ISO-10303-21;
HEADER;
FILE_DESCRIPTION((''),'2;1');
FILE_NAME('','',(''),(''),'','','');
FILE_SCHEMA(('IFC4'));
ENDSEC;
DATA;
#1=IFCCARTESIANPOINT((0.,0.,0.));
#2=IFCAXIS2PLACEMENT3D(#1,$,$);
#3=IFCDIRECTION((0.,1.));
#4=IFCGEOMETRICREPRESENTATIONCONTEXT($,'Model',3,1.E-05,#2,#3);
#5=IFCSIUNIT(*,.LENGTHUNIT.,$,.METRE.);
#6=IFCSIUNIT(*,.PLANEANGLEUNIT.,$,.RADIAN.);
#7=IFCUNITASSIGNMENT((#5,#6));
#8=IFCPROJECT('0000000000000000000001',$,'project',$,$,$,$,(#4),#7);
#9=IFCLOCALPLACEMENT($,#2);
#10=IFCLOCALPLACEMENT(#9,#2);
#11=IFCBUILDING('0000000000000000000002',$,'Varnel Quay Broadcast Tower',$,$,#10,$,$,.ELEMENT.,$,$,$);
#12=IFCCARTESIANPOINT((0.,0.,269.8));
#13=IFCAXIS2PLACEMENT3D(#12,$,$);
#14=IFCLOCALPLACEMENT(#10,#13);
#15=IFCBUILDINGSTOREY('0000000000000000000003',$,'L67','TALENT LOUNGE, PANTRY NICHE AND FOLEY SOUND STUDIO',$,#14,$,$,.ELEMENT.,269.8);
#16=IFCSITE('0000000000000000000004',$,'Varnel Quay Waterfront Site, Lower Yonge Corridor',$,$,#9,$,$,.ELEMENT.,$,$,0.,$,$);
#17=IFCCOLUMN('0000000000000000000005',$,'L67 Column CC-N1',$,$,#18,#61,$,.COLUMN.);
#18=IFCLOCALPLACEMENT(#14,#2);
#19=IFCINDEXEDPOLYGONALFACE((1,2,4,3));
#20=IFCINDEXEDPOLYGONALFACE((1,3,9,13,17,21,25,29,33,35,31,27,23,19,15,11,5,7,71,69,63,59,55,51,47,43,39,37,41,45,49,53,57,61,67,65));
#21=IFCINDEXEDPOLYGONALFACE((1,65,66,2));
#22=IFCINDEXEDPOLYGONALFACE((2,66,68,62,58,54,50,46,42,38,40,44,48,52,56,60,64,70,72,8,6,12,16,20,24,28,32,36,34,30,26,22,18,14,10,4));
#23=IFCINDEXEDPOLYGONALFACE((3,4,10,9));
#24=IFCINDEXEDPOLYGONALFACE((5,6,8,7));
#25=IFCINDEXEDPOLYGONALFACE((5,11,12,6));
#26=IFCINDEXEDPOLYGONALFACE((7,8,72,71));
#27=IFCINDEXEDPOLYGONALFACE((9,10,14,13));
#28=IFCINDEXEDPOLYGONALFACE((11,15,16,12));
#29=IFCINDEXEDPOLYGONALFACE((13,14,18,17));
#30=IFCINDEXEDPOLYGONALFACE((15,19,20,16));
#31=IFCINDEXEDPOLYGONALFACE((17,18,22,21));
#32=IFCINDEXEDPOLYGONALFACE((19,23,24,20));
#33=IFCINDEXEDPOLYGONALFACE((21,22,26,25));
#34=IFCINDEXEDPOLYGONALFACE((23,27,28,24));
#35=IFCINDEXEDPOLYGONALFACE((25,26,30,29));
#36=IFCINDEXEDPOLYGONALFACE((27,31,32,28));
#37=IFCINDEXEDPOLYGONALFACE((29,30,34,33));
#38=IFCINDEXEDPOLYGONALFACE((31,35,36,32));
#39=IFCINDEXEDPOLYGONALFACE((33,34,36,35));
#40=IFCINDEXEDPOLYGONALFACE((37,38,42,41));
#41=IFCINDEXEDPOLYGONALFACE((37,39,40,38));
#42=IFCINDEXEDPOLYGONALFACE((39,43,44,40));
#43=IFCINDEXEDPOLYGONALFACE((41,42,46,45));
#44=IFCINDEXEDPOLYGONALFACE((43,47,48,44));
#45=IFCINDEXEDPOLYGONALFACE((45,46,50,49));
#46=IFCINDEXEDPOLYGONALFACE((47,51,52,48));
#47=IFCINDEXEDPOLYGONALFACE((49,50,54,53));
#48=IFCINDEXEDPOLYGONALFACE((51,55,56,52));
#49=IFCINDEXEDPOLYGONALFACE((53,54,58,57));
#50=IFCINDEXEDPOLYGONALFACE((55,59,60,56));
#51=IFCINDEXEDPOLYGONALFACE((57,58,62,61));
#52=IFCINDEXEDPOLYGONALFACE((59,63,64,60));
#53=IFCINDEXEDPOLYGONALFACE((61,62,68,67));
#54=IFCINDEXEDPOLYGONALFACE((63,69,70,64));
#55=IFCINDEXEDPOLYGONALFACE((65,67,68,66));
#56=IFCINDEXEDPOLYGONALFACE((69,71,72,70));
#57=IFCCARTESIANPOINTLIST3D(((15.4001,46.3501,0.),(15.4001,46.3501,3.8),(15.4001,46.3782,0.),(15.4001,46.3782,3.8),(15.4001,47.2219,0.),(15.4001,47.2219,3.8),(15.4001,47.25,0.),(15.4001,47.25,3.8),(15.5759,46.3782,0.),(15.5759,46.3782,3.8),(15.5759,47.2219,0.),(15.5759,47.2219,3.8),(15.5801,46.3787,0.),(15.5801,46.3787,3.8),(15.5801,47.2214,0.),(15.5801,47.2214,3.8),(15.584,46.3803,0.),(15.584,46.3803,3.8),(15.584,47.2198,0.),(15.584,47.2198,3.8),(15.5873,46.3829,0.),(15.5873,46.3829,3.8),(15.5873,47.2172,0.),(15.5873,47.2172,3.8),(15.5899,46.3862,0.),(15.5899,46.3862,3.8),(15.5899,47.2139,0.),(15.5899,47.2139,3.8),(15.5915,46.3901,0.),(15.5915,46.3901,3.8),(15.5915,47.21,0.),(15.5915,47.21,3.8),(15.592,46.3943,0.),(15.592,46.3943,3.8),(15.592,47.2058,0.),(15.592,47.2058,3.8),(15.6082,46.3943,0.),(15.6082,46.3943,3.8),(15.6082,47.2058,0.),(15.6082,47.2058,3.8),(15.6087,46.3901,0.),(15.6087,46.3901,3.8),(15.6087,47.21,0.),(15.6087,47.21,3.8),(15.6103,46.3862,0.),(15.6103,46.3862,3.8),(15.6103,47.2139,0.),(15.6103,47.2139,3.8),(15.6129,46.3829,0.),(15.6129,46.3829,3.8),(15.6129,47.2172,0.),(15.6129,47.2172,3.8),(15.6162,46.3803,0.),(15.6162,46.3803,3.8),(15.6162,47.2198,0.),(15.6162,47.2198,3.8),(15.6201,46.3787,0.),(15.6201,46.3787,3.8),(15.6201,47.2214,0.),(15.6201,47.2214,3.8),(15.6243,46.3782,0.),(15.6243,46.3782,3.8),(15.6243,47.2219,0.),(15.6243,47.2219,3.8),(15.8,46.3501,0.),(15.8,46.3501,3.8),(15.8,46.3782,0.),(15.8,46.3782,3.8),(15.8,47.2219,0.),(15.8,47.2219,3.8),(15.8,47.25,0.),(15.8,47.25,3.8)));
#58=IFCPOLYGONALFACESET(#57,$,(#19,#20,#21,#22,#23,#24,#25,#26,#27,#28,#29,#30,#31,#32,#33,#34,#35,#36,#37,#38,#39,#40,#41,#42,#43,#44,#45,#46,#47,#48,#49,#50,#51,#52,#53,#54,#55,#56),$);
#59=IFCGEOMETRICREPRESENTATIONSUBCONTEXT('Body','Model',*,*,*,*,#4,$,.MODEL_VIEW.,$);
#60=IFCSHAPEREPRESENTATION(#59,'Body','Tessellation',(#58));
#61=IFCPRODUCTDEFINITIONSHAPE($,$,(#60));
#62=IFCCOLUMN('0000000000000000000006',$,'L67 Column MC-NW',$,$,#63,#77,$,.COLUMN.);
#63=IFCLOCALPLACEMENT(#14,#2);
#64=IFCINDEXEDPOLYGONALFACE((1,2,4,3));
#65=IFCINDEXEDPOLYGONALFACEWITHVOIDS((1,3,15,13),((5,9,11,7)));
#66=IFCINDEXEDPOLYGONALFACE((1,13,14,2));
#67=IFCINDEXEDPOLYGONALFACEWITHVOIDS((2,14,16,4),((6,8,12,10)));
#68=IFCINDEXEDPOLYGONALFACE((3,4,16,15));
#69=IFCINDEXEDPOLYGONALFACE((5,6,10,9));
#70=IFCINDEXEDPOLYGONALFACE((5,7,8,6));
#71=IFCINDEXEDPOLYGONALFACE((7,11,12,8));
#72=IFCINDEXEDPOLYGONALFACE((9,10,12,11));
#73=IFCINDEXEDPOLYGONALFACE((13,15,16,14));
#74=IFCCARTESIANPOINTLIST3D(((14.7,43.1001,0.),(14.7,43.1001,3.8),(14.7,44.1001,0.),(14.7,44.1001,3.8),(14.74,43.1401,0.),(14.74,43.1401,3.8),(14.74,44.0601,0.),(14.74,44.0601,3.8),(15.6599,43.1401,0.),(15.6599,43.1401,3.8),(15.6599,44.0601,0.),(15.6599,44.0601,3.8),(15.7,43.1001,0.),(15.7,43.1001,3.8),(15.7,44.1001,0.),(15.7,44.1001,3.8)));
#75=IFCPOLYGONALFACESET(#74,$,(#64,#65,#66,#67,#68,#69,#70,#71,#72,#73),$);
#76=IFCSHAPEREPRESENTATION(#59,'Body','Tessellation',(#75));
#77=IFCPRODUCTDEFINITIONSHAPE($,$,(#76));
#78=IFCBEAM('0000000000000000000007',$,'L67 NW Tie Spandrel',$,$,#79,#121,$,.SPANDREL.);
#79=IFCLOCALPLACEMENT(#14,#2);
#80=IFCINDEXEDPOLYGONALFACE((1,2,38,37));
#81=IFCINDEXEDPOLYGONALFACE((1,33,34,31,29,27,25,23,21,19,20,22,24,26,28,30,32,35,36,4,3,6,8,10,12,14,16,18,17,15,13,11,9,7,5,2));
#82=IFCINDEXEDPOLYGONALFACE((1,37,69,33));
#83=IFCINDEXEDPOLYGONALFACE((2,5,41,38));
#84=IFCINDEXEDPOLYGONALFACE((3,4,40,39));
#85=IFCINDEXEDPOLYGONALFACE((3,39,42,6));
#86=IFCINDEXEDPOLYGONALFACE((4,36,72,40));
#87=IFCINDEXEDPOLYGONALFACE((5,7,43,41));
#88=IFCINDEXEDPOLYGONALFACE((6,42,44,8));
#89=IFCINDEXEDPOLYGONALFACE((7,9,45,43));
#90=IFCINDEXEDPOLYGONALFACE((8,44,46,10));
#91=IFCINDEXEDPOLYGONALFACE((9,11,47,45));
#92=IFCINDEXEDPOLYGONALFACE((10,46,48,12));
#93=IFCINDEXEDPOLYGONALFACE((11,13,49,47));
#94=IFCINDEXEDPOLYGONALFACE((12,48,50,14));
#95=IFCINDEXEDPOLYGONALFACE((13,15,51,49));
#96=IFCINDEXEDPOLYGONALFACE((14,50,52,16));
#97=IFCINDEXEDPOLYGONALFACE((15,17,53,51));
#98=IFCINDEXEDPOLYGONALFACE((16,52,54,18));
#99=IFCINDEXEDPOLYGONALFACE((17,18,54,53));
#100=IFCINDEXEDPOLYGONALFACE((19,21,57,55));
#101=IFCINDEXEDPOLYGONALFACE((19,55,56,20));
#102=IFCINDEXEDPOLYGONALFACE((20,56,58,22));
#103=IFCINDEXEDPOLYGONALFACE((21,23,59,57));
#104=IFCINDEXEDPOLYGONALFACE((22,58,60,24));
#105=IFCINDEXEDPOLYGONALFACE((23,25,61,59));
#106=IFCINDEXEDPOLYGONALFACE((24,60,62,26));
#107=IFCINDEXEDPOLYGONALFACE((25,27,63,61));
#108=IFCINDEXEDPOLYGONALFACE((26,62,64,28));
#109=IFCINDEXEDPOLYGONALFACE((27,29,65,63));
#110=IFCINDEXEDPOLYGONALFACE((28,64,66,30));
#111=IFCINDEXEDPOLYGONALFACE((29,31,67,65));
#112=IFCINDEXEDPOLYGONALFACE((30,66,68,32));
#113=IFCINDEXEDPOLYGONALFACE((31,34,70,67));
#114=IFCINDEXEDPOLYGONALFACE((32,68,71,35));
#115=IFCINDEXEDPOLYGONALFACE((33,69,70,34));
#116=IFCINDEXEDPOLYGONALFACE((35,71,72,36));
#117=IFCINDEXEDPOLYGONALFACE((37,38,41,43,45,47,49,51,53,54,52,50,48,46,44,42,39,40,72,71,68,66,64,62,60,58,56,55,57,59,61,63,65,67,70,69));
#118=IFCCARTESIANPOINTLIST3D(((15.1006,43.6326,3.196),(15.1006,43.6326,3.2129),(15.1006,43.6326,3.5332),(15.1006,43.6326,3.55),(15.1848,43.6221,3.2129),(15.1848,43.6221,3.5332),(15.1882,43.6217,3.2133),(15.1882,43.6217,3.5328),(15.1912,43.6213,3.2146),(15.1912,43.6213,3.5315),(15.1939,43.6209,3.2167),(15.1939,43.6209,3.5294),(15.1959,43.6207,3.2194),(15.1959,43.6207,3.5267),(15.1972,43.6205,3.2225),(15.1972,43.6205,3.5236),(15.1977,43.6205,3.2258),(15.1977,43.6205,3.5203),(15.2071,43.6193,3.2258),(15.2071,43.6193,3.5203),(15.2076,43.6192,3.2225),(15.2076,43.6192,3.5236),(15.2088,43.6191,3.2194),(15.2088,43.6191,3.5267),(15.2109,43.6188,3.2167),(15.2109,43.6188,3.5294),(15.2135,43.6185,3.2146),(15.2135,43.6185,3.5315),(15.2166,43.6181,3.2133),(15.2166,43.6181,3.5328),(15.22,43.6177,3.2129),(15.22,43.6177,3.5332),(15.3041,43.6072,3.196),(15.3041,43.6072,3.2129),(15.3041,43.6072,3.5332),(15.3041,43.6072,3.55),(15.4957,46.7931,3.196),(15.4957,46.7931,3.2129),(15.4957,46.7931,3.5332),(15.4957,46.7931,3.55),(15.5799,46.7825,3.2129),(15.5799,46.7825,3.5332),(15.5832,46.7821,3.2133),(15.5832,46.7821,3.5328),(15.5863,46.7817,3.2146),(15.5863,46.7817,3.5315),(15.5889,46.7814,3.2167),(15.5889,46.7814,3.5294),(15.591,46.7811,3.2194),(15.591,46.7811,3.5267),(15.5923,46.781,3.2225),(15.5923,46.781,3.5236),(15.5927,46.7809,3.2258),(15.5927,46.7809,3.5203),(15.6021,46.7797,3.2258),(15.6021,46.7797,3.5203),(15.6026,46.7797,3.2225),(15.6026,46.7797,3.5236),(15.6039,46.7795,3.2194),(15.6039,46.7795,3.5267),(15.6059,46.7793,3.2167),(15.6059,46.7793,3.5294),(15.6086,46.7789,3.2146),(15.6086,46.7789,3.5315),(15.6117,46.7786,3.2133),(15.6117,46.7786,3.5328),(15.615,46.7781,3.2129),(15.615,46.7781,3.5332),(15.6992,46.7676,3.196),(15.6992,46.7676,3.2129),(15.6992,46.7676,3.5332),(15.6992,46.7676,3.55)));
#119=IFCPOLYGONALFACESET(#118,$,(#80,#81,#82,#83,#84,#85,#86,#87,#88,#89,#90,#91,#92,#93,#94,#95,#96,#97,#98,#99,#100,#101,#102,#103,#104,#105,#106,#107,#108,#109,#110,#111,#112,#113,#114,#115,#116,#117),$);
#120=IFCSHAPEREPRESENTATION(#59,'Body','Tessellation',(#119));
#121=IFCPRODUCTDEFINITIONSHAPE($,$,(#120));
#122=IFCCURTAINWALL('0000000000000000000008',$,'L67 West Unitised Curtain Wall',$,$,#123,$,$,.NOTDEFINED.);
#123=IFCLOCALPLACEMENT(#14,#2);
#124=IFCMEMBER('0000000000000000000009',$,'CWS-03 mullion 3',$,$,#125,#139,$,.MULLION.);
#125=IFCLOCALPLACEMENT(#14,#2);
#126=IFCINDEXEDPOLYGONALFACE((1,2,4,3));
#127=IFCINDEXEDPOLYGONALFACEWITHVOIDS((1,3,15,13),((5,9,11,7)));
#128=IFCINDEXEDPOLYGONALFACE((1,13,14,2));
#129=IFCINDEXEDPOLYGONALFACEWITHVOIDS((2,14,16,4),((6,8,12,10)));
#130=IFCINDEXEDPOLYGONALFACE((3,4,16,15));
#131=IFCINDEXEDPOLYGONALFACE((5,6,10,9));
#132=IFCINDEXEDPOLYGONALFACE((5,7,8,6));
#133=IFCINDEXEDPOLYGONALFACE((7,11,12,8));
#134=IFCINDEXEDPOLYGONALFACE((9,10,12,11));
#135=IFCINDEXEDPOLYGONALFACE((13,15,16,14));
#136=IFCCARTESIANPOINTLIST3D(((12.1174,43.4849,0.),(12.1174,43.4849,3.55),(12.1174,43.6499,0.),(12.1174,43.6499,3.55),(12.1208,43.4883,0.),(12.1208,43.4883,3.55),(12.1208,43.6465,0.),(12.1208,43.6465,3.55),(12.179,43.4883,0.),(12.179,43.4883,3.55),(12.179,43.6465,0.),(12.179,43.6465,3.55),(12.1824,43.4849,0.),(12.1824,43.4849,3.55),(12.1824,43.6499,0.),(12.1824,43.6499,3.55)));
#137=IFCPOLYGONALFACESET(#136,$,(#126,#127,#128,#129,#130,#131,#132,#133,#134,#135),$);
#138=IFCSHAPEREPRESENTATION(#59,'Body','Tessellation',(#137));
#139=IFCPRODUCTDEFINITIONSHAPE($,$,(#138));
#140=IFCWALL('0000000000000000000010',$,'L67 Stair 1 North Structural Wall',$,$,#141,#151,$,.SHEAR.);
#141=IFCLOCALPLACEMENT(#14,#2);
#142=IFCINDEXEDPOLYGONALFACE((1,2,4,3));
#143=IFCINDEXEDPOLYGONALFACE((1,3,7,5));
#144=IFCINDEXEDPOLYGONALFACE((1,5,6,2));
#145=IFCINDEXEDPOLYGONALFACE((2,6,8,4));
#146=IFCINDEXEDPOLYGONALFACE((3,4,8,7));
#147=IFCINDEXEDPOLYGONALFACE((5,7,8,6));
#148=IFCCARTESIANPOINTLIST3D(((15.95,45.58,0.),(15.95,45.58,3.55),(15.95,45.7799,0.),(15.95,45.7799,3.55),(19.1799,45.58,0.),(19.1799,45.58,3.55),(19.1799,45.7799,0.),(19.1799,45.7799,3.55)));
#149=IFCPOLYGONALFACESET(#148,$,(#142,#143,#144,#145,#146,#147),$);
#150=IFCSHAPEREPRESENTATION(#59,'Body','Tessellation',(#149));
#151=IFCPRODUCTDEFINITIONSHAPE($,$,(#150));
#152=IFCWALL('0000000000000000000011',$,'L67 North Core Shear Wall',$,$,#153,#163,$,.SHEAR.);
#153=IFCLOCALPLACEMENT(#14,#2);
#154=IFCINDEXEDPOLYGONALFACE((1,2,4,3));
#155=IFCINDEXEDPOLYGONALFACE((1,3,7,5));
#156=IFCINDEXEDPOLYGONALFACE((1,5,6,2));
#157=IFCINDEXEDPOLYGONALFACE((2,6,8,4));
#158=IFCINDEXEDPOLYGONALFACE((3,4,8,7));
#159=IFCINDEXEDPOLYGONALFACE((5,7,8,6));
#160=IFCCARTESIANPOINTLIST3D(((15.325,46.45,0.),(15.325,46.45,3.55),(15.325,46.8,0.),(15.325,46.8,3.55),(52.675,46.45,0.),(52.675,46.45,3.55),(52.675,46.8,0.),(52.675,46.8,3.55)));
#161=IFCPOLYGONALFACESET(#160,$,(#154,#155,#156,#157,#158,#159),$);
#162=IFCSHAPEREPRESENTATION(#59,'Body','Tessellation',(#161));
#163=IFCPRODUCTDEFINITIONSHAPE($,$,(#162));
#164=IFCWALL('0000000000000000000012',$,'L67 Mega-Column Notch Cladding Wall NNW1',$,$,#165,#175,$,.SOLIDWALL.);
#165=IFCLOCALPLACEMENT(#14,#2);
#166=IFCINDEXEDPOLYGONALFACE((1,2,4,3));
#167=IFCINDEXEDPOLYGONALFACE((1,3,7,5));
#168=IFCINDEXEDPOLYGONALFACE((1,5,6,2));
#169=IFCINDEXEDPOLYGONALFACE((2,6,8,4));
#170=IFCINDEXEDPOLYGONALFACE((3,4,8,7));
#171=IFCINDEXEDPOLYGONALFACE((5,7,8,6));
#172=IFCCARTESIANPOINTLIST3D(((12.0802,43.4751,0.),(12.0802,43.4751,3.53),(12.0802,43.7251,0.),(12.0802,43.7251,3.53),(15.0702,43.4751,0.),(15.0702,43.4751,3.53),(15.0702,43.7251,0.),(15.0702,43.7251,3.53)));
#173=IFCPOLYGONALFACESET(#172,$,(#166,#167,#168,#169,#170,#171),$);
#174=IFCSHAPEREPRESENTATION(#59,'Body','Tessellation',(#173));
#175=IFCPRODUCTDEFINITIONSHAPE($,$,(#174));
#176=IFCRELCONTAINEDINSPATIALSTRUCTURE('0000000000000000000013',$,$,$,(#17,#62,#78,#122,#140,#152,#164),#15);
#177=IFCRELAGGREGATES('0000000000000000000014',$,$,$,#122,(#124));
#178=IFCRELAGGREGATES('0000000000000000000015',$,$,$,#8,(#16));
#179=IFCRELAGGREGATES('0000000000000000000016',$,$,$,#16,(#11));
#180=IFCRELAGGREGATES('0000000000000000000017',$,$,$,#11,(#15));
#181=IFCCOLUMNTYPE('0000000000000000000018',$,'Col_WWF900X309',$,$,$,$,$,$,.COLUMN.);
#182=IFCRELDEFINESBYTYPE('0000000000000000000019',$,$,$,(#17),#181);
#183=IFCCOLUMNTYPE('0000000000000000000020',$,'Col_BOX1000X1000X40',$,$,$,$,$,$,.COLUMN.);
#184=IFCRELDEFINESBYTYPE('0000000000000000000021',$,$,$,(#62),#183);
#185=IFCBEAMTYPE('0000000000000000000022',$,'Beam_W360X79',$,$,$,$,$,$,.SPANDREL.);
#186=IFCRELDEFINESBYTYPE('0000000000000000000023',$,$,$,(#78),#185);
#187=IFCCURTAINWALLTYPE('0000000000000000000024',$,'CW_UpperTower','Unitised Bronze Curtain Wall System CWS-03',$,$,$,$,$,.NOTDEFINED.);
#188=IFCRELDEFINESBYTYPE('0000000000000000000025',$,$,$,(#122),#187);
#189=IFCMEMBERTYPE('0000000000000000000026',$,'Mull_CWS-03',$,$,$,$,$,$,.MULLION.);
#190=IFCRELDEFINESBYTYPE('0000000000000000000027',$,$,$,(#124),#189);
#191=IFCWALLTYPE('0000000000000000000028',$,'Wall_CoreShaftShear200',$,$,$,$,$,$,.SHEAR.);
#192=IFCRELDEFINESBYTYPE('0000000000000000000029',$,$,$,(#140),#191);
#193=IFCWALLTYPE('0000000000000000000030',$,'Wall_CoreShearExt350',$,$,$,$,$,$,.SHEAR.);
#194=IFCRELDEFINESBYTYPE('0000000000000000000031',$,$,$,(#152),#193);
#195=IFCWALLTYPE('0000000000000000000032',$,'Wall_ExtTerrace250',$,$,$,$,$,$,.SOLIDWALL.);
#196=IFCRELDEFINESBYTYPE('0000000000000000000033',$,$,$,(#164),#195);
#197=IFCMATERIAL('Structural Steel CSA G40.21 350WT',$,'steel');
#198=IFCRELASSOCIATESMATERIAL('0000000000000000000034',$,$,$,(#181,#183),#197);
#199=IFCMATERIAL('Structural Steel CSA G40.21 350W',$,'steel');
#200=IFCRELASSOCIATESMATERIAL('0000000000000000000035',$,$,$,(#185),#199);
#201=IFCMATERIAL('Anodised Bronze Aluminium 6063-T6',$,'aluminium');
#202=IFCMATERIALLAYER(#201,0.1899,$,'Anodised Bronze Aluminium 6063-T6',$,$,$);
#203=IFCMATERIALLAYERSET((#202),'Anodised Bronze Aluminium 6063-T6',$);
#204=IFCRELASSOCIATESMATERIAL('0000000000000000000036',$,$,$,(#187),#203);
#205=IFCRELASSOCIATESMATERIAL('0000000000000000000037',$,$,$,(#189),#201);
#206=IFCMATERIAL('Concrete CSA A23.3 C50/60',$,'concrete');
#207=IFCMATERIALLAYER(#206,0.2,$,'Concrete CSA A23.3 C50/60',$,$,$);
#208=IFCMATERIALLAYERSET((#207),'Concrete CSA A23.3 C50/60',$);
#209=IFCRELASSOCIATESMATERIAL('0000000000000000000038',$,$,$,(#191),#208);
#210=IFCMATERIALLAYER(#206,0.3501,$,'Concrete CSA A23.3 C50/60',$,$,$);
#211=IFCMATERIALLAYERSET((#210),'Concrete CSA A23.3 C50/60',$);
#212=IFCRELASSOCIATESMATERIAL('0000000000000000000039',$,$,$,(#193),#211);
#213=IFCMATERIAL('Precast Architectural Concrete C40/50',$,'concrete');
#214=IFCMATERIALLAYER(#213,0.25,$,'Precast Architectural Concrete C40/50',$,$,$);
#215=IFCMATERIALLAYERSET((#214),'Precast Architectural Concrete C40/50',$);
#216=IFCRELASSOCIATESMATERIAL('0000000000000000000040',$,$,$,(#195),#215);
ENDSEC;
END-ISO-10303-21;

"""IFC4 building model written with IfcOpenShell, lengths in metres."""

from ifc_helpers import new_model, si_unit, direction, frame, frame_2d, origin, origin_2d, place, context, subcontext, project, spatial, rectangle, hollow_rectangle, i_section, extrude, source, transform, mapped, material, layer, layer_set, material_profile, profile_set, type_object, type_shapes, element, aggregate, save


model = new_model("IFC4")

# Units and contexts
model_context = context("Model", 3, precision=1e-05, world=origin(), true_north=direction((0.0, 1.0)))
body_context = subcontext(model_context, "Body", "Model", "MODEL_VIEW")
ifc_project = project(units=[si_unit("LENGTHUNIT", "METRE"), si_unit("PLANEANGLEUNIT", "RADIAN")], contexts=[model_context])

# Site, building, storey
site_placement = place(None, origin())
site = spatial("IfcSite", under=ifc_project, at=site_placement, Name="Varnel Quay Waterfront Site, Lower Yonge Corridor", CompositionType="ELEMENT", RefElevation=0.0)
building_placement = place(site_placement, origin())
building = spatial("IfcBuilding", under=site, at=building_placement, Name="Varnel Quay Broadcast Tower", CompositionType="ELEMENT")
storey_placement = place(building_placement, frame((0.0, 0.0, 269.8)))
storey = spatial("IfcBuildingStorey", under=building, at=storey_placement, Name="L67", Description="TALENT LOUNGE, PANTRY NICHE AND FOLEY SOUND STUDIO", CompositionType="ELEMENT", Elevation=269.8)

# Columns
ifc_material_1 = material(Name="Structural Steel CSA G40.21 350WT", Category="steel")
ifc_material_profile_1 = material_profile(ifc_material_1, i_section(OverallWidth=0.3999, OverallDepth=0.8999, WebThickness=0.0161, FlangeThickness=0.0281, FilletRadius=0.0161, at=origin_2d()), Name="WWF900X309")
ifc_profile_set_1 = profile_set([ifc_material_profile_1], Name="Structural Steel CSA G40.21 350WT")
column_type_1 = type_object("IfcColumnType", Name="Col_WWF900X309", PredefinedType="COLUMN", material=ifc_profile_set_1)
shared_shape_1 = source(origin(), body_context, "Body", "SweptSolid", [
    extrude(i_section(OverallWidth=0.3999, OverallDepth=0.8999, WebThickness=0.0161, FlangeThickness=0.0281, FilletRadius=0.0161, at=origin_2d()), origin(), (0.0, 0.0, 1.0), 3.8),
])
type_shapes(column_type_1, [shared_shape_1])
column_1_placement = place(storey_placement, frame((15.6001, 46.8, 0.0), z_axis=(0.0, 0.0, 1.0), x_axis=(1.0, 0.0, 0.0)))
element("IfcColumn", 1, at=column_1_placement, inside=storey, type_object=column_type_1, Name="L67 Column CC-N1", PredefinedType="COLUMN", context=body_context, shape_type="MappedRepresentation", body=[
    mapped(shared_shape_1, transform((0.0, 0.0, 0.0), x_axis=(1.0, 0.0, 0.0), y_axis=(0.0, 1.0, 0.0), z_axis=(0.0, 0.0, 1.0), scale=1.0)),
])
ifc_material_profile_2 = material_profile(ifc_material_1, hollow_rectangle(XDim=1.0, YDim=1.0, WallThickness=0.04, at=origin_2d()), Name="BOX1000X1000X40")
ifc_profile_set_2 = profile_set([ifc_material_profile_2], Name="Structural Steel CSA G40.21 350WT")
column_type_2 = type_object("IfcColumnType", Name="Col_BOX1000X1000X40", PredefinedType="COLUMN", material=ifc_profile_set_2)
shared_shape_2 = source(origin(), body_context, "Body", "SweptSolid", [
    extrude(hollow_rectangle(XDim=1.0, YDim=1.0, WallThickness=0.04, at=origin_2d()), origin(), (0.0, 0.0, 1.0), 3.8),
])
type_shapes(column_type_2, [shared_shape_2])
column_2_placement = place(storey_placement, frame((15.2, 43.6001, 0.0), z_axis=(0.0, 0.0, 1.0), x_axis=(1.0, 0.0, 0.0)))
element("IfcColumn", 2, at=column_2_placement, inside=storey, type_object=column_type_2, Name="L67 Column MC-NW", PredefinedType="COLUMN", context=body_context, shape_type="MappedRepresentation", body=[
    mapped(shared_shape_2, transform((0.0, 0.0, 0.0), x_axis=(1.0, 0.0, 0.0), y_axis=(0.0, 1.0, 0.0), z_axis=(0.0, 0.0, 1.0), scale=1.0)),
])

# Beam
ifc_material_2 = material(Name="Structural Steel CSA G40.21 350W", Category="steel")
ifc_material_profile_3 = material_profile(ifc_material_2, i_section(OverallWidth=0.2051, OverallDepth=0.354, WebThickness=0.0095, FlangeThickness=0.0168, FilletRadius=0.0129, at=origin_2d()), Name="W360X79")
ifc_profile_set_3 = profile_set([ifc_material_profile_3], Name="Structural Steel CSA G40.21 350W")
beam_type = type_object("IfcBeamType", Name="Beam_W360X79", PredefinedType="SPANDREL", material=ifc_profile_set_3)
shared_shape_3 = source(origin(), body_context, "Body", "SweptSolid", [
    extrude(i_section(OverallWidth=0.2051, OverallDepth=0.354, WebThickness=0.0095, FlangeThickness=0.0168, FilletRadius=0.0129, at=origin_2d()), origin(), (0.0, 0.0, 1.0), 3.1851),
])
type_shapes(beam_type, [shared_shape_3])
beam_placement = place(storey_placement, frame((15.2024, 43.6199, 3.373), z_axis=(0.124025, 0.992279, 0.0), x_axis=(-0.992279, 0.124025, 0.0)))
element("IfcBeam", 3, at=beam_placement, inside=storey, type_object=beam_type, Name="L67 NW Tie Spandrel", PredefinedType="SPANDREL", context=body_context, shape_type="MappedRepresentation", body=[
    mapped(shared_shape_3, transform((0.0, 0.0, 0.0), x_axis=(1.0, 0.0, 0.0), y_axis=(0.0, 1.0, 0.0), z_axis=(0.0, 0.0, 1.0), scale=1.0)),
])

# Curtain wall, member
ifc_material_3 = material(Name="Anodised Bronze Aluminium 6063-T6", Category="aluminium")
ifc_layer_1 = layer(ifc_material_3, 0.1899, Name="Anodised Bronze Aluminium 6063-T6")
ifc_layer_set_1 = layer_set([ifc_layer_1], Name="Anodised Bronze Aluminium 6063-T6")
curtain_wall_type = type_object("IfcCurtainWallType", Name="CW_UpperTower", Description="Unitised Bronze Curtain Wall System CWS-03", PredefinedType="NOTDEFINED", material=ifc_layer_set_1)
curtain_wall_placement = place(storey_placement, origin())
curtain_wall = element("IfcCurtainWall", 4, at=curtain_wall_placement, inside=storey, type_object=curtain_wall_type, Name="L67 West Unitised Curtain Wall", PredefinedType="NOTDEFINED")
ifc_material_profile_4 = material_profile(ifc_material_3, hollow_rectangle(XDim=0.0649, YDim=0.165, WallThickness=0.0034, at=origin_2d()), Name="ALU65X165X3.5")
ifc_profile_set_4 = profile_set([ifc_material_profile_4], Name="Anodised Bronze Aluminium 6063-T6")
member_type = type_object("IfcMemberType", Name="Mull_CWS-03", PredefinedType="MULLION", material=ifc_profile_set_4)
shared_shape_4 = source(origin(), body_context, "Body", "SweptSolid", [
    extrude(hollow_rectangle(XDim=0.0649, YDim=0.165, WallThickness=0.0034, at=origin_2d()), origin(), (0.0, 0.0, 1.0), 3.55),
])
type_shapes(member_type, [shared_shape_4])
member_placement = place(storey_placement, frame((12.1499, 43.5674, 0.0), z_axis=(0.0, 0.0, 1.0), x_axis=(-1.0, 0.0, 0.0)))
member = element("IfcMember", 5, at=member_placement, type_object=member_type, Name="CWS-03 mullion 3", PredefinedType="MULLION", context=body_context, shape_type="MappedRepresentation", body=[
    mapped(shared_shape_4, transform((0.0, 0.0, 0.0), x_axis=(1.0, 0.0, 0.0), y_axis=(0.0, 1.0, 0.0), z_axis=(0.0, 0.0, 1.0), scale=1.0)),
])
aggregate(curtain_wall, [member])

# Walls
ifc_material_4 = material(Name="Concrete CSA A23.3 C50/60", Category="concrete")
ifc_layer_2 = layer(ifc_material_4, 0.2, Name="Concrete CSA A23.3 C50/60")
ifc_layer_set_2 = layer_set([ifc_layer_2], Name="Concrete CSA A23.3 C50/60")
wall_type_1 = type_object("IfcWallType", Name="Wall_CoreShaftShear200", PredefinedType="SHEAR", material=ifc_layer_set_2)
wall_1_placement = place(storey_placement, frame((15.95, 45.6799, 0.0), z_axis=(0.0, 0.0, 1.0), x_axis=(1.0, 0.0, 0.0)))
element("IfcWall", 6, at=wall_1_placement, inside=storey, type_object=wall_type_1, Name="L67 Stair 1 North Structural Wall", PredefinedType="SHEAR", context=body_context, shape_type="SweptSolid", body=[
    extrude(rectangle(XDim=3.23, YDim=0.2, at=frame_2d((1.615, 0.0))), origin(), (0.0, 0.0, 1.0), 3.55),
])
ifc_layer_3 = layer(ifc_material_4, 0.3501, Name="Concrete CSA A23.3 C50/60")
ifc_layer_set_3 = layer_set([ifc_layer_3], Name="Concrete CSA A23.3 C50/60")
wall_type_2 = type_object("IfcWallType", Name="Wall_CoreShearExt350", PredefinedType="SHEAR", material=ifc_layer_set_3)
wall_2_placement = place(storey_placement, frame((15.325, 46.625, 0.0), z_axis=(0.0, 0.0, 1.0), x_axis=(1.0, 0.0, 0.0)))
element("IfcWall", 7, at=wall_2_placement, inside=storey, type_object=wall_type_2, Name="L67 North Core Shear Wall", PredefinedType="SHEAR", context=body_context, shape_type="SweptSolid", body=[
    extrude(rectangle(XDim=37.3501, YDim=0.3501, at=frame_2d((18.675, 0.0))), origin(), (0.0, 0.0, 1.0), 3.55),
])
ifc_material_5 = material(Name="Precast Architectural Concrete C40/50", Category="concrete")
ifc_layer_4 = layer(ifc_material_5, 0.25, Name="Precast Architectural Concrete C40/50")
ifc_layer_set_4 = layer_set([ifc_layer_4], Name="Precast Architectural Concrete C40/50")
wall_type_3 = type_object("IfcWallType", Name="Wall_ExtTerrace250", PredefinedType="SOLIDWALL", material=ifc_layer_set_4)
wall_3_placement = place(storey_placement, frame((12.0801, 43.6001, 0.0), z_axis=(0.0, 0.0, 1.0), x_axis=(1.0, 0.0, 0.0)))
element("IfcWall", 8, at=wall_3_placement, inside=storey, type_object=wall_type_3, Name="L67 Mega-Column Notch Cladding Wall NNW1", PredefinedType="SOLIDWALL", context=body_context, shape_type="SweptSolid", body=[
    extrude(rectangle(XDim=2.99, YDim=0.25, at=frame_2d((1.4951, 0.0))), origin(), (0.0, 0.0, 1.0), 3.53),
])

save(model, "model.ifc")
